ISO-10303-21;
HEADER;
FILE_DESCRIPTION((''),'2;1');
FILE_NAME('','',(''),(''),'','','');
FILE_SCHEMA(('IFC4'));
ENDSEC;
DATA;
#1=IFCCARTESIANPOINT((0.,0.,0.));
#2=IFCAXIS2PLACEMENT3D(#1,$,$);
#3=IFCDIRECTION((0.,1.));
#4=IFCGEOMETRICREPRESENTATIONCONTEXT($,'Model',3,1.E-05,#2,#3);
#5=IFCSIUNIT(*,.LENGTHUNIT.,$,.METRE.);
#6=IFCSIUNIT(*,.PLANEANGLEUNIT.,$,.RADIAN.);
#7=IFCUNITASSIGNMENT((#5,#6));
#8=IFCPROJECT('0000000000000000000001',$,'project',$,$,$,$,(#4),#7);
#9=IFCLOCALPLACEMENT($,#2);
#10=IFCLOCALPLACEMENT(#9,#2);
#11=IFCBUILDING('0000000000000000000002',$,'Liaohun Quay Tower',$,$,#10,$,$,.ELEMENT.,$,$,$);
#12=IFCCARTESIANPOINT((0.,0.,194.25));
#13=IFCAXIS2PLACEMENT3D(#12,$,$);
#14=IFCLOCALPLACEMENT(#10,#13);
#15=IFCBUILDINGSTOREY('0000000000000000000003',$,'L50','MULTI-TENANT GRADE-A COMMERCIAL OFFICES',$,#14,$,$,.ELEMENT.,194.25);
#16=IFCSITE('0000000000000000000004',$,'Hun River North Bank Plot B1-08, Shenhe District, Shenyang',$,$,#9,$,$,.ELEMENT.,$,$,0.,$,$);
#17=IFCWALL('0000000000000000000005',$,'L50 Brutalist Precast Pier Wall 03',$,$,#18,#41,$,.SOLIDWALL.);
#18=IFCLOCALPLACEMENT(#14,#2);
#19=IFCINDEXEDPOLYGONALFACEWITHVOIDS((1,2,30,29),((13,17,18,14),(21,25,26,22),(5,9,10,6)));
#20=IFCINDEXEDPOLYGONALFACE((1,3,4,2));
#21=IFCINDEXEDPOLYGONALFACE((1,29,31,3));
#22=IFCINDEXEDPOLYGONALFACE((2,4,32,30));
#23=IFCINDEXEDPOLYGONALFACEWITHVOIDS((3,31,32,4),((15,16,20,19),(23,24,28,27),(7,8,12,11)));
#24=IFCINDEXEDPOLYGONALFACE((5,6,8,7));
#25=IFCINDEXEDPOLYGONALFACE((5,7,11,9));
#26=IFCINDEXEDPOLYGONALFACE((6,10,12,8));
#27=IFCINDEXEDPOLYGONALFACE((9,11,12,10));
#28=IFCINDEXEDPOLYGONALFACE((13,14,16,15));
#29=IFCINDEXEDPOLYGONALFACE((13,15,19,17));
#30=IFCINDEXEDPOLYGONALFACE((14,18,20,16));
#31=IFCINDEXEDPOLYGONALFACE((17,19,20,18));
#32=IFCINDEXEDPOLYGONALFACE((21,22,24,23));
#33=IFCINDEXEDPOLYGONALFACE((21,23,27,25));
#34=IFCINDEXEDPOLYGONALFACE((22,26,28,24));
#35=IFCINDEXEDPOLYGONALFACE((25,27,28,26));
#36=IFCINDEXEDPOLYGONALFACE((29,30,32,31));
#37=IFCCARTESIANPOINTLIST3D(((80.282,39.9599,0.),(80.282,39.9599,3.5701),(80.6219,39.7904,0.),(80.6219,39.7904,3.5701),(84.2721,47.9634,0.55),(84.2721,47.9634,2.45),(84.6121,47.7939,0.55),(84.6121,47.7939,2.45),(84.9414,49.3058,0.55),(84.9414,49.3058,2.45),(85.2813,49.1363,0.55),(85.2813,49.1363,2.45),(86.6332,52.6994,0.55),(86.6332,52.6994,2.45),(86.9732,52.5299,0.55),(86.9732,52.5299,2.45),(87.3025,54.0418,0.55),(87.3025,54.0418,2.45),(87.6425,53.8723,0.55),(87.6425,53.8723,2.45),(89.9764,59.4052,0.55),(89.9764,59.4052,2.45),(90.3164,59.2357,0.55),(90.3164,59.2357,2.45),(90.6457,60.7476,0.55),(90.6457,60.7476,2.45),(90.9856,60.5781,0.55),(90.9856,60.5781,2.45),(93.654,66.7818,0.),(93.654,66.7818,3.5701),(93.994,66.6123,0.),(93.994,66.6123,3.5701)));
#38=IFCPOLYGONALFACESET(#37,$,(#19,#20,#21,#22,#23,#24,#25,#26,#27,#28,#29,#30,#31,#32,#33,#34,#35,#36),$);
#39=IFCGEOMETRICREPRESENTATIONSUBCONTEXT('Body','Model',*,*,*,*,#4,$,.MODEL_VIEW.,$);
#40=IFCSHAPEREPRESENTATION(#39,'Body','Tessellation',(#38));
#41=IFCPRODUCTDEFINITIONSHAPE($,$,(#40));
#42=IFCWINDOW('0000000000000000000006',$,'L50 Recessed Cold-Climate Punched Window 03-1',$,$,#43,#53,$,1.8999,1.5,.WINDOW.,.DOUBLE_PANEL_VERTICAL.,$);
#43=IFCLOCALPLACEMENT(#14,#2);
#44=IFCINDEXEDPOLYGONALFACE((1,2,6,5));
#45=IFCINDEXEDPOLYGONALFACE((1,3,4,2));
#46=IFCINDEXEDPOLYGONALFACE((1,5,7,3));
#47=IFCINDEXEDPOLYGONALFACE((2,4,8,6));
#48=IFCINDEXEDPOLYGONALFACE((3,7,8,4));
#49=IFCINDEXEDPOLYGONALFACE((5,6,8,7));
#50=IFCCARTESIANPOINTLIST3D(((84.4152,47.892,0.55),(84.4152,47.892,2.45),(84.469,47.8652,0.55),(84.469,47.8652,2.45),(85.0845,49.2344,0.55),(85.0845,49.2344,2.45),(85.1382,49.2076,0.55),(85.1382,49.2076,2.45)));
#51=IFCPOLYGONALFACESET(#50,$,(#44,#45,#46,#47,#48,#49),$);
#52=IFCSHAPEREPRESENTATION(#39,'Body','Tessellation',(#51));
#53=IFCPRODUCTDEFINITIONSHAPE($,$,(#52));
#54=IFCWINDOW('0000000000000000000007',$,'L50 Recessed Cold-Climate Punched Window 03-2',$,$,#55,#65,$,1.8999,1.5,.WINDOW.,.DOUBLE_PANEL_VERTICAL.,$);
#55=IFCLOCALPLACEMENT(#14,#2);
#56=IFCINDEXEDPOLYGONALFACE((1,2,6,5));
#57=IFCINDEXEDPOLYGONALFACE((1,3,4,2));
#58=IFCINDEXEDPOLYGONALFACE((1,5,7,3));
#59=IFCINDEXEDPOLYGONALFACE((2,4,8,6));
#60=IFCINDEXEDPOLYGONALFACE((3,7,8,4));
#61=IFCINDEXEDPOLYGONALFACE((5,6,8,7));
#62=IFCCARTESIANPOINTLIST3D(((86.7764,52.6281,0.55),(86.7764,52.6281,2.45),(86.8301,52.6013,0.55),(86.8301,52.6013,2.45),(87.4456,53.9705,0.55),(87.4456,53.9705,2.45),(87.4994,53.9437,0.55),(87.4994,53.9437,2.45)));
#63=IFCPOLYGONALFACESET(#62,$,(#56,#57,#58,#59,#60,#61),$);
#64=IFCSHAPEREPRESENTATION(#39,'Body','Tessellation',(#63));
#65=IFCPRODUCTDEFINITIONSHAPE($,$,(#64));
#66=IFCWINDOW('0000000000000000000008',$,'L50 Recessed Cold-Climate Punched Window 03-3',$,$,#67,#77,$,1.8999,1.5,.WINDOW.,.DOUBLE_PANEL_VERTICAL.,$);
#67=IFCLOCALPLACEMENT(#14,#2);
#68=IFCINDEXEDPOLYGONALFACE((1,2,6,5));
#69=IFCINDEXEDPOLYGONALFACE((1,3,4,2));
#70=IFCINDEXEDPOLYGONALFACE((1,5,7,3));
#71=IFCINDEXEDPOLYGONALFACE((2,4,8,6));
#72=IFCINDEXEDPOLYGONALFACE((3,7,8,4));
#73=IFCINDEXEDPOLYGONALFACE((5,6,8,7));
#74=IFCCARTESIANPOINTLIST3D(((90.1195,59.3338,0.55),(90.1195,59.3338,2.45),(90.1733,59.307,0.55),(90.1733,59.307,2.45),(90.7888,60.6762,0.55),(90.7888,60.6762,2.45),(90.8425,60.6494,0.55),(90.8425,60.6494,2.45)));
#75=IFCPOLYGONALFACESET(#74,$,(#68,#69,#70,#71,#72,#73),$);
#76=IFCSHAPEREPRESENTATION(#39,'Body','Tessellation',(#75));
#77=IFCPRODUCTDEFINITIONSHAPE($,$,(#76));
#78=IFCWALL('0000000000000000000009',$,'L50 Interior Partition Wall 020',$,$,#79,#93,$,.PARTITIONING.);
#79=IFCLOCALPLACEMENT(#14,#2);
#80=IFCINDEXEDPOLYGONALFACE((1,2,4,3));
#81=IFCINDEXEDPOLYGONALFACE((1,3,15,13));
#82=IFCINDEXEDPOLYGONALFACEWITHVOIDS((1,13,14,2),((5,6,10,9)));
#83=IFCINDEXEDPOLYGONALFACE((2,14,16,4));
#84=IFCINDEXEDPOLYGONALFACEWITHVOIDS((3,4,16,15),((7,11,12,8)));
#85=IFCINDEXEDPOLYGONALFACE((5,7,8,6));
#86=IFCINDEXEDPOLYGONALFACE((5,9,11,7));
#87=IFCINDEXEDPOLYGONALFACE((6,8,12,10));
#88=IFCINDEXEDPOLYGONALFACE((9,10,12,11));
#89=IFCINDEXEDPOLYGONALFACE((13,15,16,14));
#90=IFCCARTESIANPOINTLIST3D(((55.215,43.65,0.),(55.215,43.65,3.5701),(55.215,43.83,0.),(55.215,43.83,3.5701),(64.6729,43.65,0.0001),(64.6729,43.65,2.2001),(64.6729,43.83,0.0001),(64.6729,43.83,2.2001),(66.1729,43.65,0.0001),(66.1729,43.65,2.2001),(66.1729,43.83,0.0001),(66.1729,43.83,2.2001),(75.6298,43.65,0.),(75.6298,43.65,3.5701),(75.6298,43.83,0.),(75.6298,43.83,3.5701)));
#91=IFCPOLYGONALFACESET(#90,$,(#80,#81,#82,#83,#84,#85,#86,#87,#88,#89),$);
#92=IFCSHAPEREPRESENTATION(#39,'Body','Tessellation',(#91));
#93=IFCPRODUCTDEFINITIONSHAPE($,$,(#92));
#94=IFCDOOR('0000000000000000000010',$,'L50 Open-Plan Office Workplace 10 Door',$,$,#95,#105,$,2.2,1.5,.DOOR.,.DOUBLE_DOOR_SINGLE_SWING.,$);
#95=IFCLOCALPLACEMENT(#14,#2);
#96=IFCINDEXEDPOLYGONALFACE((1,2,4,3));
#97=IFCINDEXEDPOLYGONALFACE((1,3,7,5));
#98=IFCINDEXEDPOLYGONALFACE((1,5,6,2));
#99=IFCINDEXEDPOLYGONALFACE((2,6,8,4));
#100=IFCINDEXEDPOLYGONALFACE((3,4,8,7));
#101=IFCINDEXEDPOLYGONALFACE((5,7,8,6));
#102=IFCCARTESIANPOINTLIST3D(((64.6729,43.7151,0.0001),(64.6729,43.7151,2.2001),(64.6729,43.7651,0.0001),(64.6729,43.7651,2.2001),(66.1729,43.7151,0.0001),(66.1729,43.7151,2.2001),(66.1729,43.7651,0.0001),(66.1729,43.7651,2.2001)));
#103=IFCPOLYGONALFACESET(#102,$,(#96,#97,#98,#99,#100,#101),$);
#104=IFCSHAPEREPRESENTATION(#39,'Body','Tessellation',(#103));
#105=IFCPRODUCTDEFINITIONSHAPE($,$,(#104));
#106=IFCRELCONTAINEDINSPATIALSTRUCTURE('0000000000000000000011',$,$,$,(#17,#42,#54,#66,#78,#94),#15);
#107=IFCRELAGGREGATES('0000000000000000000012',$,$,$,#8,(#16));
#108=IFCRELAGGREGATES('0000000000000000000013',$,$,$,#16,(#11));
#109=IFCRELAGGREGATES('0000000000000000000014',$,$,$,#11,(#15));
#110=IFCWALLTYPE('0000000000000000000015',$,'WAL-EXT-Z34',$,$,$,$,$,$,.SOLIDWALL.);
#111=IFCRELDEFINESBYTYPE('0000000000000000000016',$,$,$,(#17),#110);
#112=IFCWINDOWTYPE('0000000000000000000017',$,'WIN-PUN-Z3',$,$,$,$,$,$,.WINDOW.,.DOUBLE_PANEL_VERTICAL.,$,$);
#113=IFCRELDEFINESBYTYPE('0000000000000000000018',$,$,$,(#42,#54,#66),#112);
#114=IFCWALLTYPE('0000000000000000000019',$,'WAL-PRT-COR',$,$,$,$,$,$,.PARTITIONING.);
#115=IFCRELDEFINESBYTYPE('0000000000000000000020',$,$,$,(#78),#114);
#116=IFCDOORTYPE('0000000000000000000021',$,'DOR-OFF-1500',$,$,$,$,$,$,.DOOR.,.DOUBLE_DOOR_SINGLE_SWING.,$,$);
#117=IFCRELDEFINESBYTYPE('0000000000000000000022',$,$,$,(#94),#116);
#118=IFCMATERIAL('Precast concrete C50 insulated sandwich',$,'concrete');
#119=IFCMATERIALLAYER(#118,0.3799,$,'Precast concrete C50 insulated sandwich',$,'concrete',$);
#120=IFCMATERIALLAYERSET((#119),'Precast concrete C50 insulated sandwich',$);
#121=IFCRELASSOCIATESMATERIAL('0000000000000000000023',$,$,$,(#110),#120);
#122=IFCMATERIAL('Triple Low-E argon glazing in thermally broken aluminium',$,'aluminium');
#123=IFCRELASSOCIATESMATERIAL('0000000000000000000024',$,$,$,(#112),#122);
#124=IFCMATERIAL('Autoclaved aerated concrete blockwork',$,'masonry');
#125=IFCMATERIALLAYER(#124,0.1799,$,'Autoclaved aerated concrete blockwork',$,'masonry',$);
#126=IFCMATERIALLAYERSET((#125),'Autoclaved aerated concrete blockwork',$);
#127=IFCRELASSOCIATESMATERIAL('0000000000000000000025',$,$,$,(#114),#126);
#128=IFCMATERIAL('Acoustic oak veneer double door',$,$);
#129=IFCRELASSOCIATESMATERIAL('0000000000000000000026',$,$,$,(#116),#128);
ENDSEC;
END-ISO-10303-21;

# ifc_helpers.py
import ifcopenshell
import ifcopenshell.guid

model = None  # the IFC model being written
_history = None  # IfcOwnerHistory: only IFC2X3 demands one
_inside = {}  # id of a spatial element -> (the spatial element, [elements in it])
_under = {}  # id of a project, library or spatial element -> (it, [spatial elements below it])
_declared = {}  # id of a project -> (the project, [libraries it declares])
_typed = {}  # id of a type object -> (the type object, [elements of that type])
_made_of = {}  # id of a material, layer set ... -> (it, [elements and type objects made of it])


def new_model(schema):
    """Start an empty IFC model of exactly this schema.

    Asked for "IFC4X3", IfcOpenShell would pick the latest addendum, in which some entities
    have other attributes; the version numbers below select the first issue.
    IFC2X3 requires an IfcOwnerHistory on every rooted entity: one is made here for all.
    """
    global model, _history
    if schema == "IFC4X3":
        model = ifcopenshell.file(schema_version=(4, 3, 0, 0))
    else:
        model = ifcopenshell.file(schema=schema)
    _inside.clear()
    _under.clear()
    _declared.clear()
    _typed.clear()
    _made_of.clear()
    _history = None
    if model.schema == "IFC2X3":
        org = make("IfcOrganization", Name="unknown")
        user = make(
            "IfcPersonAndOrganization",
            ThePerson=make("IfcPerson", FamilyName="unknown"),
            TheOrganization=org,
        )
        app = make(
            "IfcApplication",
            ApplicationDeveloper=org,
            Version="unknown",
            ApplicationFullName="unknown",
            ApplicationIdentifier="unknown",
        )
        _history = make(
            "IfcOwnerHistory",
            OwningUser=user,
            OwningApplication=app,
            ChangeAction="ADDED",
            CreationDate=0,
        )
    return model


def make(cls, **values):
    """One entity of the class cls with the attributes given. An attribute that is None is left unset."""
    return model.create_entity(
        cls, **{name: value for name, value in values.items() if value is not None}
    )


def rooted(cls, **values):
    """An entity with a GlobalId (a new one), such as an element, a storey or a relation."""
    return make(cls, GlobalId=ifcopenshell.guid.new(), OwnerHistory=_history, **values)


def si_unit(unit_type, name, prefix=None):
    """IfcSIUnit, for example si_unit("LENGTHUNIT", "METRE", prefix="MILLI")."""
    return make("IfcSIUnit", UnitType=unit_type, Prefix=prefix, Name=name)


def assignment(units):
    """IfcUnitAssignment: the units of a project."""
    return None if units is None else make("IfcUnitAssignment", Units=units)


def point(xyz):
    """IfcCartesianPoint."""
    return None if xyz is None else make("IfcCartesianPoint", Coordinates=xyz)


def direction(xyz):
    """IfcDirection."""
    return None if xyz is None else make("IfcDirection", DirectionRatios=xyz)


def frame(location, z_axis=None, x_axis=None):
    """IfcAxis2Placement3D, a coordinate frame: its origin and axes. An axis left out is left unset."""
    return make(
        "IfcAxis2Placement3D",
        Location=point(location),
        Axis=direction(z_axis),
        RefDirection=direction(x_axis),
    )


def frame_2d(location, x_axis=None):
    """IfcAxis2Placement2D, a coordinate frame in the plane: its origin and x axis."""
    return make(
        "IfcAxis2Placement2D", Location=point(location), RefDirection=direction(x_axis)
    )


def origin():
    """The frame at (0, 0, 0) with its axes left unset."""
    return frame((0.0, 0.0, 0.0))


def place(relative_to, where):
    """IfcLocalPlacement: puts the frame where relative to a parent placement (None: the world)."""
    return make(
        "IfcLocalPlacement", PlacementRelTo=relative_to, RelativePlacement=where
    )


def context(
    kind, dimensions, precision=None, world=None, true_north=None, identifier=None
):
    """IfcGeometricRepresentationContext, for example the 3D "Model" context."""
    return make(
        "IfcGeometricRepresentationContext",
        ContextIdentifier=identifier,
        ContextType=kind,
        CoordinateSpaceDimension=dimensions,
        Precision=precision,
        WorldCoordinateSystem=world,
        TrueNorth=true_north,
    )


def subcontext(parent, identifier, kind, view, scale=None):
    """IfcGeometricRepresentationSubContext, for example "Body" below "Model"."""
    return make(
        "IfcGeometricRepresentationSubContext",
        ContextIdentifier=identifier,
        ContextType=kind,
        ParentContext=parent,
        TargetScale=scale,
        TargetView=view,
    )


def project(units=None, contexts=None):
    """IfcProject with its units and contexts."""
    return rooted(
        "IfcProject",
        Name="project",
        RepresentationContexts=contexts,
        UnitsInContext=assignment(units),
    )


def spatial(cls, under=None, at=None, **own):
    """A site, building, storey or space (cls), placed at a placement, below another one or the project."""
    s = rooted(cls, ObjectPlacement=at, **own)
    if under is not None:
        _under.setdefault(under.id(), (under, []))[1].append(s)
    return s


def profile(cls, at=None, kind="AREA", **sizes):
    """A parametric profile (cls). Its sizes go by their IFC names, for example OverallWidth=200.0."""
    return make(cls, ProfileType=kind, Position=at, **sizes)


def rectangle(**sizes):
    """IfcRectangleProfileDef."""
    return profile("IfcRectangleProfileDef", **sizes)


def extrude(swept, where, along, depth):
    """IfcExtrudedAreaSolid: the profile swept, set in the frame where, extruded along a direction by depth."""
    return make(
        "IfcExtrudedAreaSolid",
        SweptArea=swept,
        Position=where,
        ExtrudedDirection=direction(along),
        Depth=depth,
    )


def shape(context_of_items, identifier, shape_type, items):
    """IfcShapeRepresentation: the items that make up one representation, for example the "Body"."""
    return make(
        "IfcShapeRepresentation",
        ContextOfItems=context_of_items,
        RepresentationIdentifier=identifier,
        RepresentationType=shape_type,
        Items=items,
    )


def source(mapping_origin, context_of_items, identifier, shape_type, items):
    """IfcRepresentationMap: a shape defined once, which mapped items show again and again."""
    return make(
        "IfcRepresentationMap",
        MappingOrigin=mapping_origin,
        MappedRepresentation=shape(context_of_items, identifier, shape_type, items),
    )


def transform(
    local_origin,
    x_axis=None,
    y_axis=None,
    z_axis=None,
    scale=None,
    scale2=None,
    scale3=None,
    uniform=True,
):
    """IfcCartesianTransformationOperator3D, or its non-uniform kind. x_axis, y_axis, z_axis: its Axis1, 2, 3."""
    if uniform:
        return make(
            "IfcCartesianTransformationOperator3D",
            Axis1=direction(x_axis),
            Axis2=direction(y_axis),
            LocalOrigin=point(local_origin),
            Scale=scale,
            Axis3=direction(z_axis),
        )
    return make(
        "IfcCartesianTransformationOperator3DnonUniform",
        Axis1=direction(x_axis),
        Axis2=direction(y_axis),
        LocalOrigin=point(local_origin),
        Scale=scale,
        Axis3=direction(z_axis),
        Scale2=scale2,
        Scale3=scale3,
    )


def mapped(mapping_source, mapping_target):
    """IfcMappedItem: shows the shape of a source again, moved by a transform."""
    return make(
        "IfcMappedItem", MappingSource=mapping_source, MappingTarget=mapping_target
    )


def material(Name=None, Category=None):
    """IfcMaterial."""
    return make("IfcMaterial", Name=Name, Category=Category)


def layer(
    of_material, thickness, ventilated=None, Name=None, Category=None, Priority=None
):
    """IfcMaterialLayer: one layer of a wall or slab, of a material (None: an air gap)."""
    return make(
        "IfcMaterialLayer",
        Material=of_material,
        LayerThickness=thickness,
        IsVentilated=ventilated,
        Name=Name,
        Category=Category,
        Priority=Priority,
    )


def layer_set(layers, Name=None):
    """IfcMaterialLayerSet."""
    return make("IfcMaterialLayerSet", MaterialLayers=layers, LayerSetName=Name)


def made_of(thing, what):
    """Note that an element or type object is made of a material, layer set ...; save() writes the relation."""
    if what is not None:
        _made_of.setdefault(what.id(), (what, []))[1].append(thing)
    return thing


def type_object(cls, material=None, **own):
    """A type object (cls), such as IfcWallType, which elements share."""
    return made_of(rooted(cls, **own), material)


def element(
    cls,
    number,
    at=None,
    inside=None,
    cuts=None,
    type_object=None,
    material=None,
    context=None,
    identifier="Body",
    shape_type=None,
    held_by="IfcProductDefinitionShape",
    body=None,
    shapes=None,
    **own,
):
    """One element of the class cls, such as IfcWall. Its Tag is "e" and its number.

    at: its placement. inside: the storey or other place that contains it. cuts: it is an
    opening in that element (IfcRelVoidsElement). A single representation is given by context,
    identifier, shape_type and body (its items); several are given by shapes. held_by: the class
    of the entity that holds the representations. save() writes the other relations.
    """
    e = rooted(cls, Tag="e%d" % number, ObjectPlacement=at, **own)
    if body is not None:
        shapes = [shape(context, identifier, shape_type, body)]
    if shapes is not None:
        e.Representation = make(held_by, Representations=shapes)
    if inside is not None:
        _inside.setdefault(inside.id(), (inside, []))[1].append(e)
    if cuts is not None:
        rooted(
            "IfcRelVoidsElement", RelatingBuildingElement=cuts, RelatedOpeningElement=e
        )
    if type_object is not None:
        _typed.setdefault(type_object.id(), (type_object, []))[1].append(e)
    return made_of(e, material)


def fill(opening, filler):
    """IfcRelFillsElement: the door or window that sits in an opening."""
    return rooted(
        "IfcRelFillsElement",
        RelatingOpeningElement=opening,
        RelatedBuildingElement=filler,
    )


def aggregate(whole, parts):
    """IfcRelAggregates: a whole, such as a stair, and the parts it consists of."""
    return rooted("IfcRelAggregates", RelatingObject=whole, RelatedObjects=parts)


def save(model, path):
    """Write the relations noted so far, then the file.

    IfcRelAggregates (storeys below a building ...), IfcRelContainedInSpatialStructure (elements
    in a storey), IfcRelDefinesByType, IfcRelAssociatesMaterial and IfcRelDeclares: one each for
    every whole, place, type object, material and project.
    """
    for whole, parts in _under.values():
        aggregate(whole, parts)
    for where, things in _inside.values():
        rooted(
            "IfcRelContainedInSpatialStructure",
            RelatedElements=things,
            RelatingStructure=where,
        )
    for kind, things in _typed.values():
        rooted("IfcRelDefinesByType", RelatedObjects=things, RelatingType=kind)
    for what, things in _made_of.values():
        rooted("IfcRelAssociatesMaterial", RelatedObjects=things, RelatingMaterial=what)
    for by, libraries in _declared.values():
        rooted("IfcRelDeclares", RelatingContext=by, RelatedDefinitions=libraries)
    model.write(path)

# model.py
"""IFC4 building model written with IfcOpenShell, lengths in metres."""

from ifc_helpers import new_model, si_unit, direction, frame, frame_2d, origin, place, context, subcontext, project, spatial, rectangle, extrude, source, transform, mapped, material, layer, layer_set, type_object, element, fill, save


model = new_model("IFC4")

# Units and contexts
model_context = context("Model", 3, precision=1e-05, world=origin(), true_north=direction((0.0, 1.0)))
body_context = subcontext(model_context, "Body", "Model", "MODEL_VIEW")
ifc_project = project(units=[si_unit("LENGTHUNIT", "METRE"), si_unit("PLANEANGLEUNIT", "RADIAN")], contexts=[model_context])

# Site, building, storey
site_placement = place(None, origin())
site = spatial("IfcSite", under=ifc_project, at=site_placement, Name="Hun River North Bank Plot B1-08, Shenhe District, Shenyang", CompositionType="ELEMENT", RefElevation=0.0)
building_placement = place(site_placement, origin())
building = spatial("IfcBuilding", under=site, at=building_placement, Name="Liaohun Quay Tower", CompositionType="ELEMENT")
storey_placement = place(building_placement, frame((0.0, 0.0, 194.25)))
storey = spatial("IfcBuildingStorey", under=building, at=storey_placement, Name="L50", Description="MULTI-TENANT GRADE-A COMMERCIAL OFFICES", CompositionType="ELEMENT", Elevation=194.25)

# Shared definitions
ifc_material_1 = material(Name="Precast concrete C50 insulated sandwich", Category="concrete")
ifc_layer_1 = layer(ifc_material_1, 0.3799, Name="Precast concrete C50 insulated sandwich", Category="concrete")
ifc_layer_set_1 = layer_set([ifc_layer_1], Name="Precast concrete C50 insulated sandwich")
wall_type_1 = type_object("IfcWallType", Name="WAL-EXT-Z34", PredefinedType="SOLIDWALL", material=ifc_layer_set_1)

# Wall, openings, windows
shared_shape_1 = source(origin(), body_context, "Body", "SweptSolid", [
    extrude(rectangle(XDim=1.5, YDim=1.8999, at=frame_2d((0.75, 0.95))), frame((0.0, 0.2, 0.0), z_axis=(0.0, -1.0, 0.0), x_axis=(1.0, 0.0, 0.0)), (0.0, 0.0, 1.0), 0.3999),
])
ifc_material_2 = material(Name="Triple Low-E argon glazing in thermally broken aluminium", Category="aluminium")
window_type_1 = type_object("IfcWindowType", Name="WIN-PUN-Z3", PartitioningType="DOUBLE_PANEL_VERTICAL", PredefinedType="WINDOW", material=ifc_material_2)
shared_shape_2 = source(origin(), body_context, "Body", "SweptSolid", [
    extrude(rectangle(XDim=1.5, YDim=1.8999, at=frame_2d((0.75, 0.95))), frame((0.0, 0.03, 0.0), z_axis=(0.0, -1.0, 0.0), x_axis=(1.0, 0.0, 0.0)), (0.0, 0.0, 1.0), 0.0601),
])
wall_1_placement = place(storey_placement, frame((80.4519, 39.875, 0.0), z_axis=(0.0, 0.0, 1.0), x_axis=(0.446174, 0.894946, 0.0)))
wall_1 = element("IfcWall", 1, at=wall_1_placement, inside=storey, type_object=wall_type_1, Name="L50 Brutalist Precast Pier Wall 03", PredefinedType="SOLIDWALL", context=body_context, shape_type="SweptSolid", body=[
    extrude(rectangle(XDim=29.9705, YDim=0.3799, at=frame_2d((14.9854, 0.0))), origin(), (0.0, 0.0, 1.0), 3.5701),
])
opening_1_placement = place(wall_1_placement, frame((8.9431, 0.0, 0.55)))
opening_1 = element("IfcOpeningElement", 2, at=opening_1_placement, cuts=wall_1, PredefinedType="OPENING", context=body_context, shape_type="MappedRepresentation", body=[
    mapped(shared_shape_1, transform((0.0, 0.0, 0.0), x_axis=(1.0, 0.0, 0.0), y_axis=(0.0, 1.0, 0.0), z_axis=(0.0, 0.0, 1.0), scale=1.0)),
])
opening_2_placement = place(wall_1_placement, frame((14.2351, 0.0, 0.55)))
opening_2 = element("IfcOpeningElement", 3, at=opening_2_placement, cuts=wall_1, PredefinedType="OPENING", context=body_context, shape_type="MappedRepresentation", body=[
    mapped(shared_shape_1, transform((0.0, 0.0, 0.0), x_axis=(1.0, 0.0, 0.0), y_axis=(0.0, 1.0, 0.0), z_axis=(0.0, 0.0, 1.0), scale=1.0)),
])
opening_3_placement = place(wall_1_placement, frame((21.728, 0.0, 0.55)))
opening_3 = element("IfcOpeningElement", 4, at=opening_3_placement, cuts=wall_1, PredefinedType="OPENING", context=body_context, shape_type="MappedRepresentation", body=[
    mapped(shared_shape_1, transform((0.0, 0.0, 0.0), x_axis=(1.0, 0.0, 0.0), y_axis=(0.0, 1.0, 0.0), z_axis=(0.0, 0.0, 1.0), scale=1.0)),
])
window_1_placement = place(opening_1_placement, origin())
window_1 = element("IfcWindow", 5, at=window_1_placement, inside=storey, type_object=window_type_1, Name="L50 Recessed Cold-Climate Punched Window 03-1", OverallHeight=1.8999, OverallWidth=1.5, PartitioningType="DOUBLE_PANEL_VERTICAL", PredefinedType="WINDOW", context=body_context, shape_type="MappedRepresentation", body=[
    mapped(shared_shape_2, transform((0.0, 0.0, 0.0), x_axis=(1.0, 0.0, 0.0), y_axis=(0.0, 1.0, 0.0), z_axis=(0.0, 0.0, 1.0), scale=1.0)),
])
fill(opening_1, window_1)
window_2_placement = place(opening_2_placement, origin())
window_2 = element("IfcWindow", 6, at=window_2_placement, inside=storey, type_object=window_type_1, Name="L50 Recessed Cold-Climate Punched Window 03-2", OverallHeight=1.8999, OverallWidth=1.5, PartitioningType="DOUBLE_PANEL_VERTICAL", PredefinedType="WINDOW", context=body_context, shape_type="MappedRepresentation", body=[
    mapped(shared_shape_2, transform((0.0, 0.0, 0.0), x_axis=(1.0, 0.0, 0.0), y_axis=(0.0, 1.0, 0.0), z_axis=(0.0, 0.0, 1.0), scale=1.0)),
])
fill(opening_2, window_2)
window_3_placement = place(opening_3_placement, origin())
window_3 = element("IfcWindow", 7, at=window_3_placement, inside=storey, type_object=window_type_1, Name="L50 Recessed Cold-Climate Punched Window 03-3", OverallHeight=1.8999, OverallWidth=1.5, PartitioningType="DOUBLE_PANEL_VERTICAL", PredefinedType="WINDOW", context=body_context, shape_type="MappedRepresentation", body=[
    mapped(shared_shape_2, transform((0.0, 0.0, 0.0), x_axis=(1.0, 0.0, 0.0), y_axis=(0.0, 1.0, 0.0), z_axis=(0.0, 0.0, 1.0), scale=1.0)),
])
fill(opening_3, window_3)

# Wall, opening, door
ifc_material_3 = material(Name="Autoclaved aerated concrete blockwork", Category="masonry")
ifc_layer_2 = layer(ifc_material_3, 0.1799, Name="Autoclaved aerated concrete blockwork", Category="masonry")
ifc_layer_set_2 = layer_set([ifc_layer_2], Name="Autoclaved aerated concrete blockwork")
wall_type_2 = type_object("IfcWallType", Name="WAL-PRT-COR", PredefinedType="PARTITIONING", material=ifc_layer_set_2)
wall_2_placement = place(storey_placement, frame((75.6299, 43.74, 0.0), z_axis=(0.0, 0.0, 1.0), x_axis=(-1.0, 0.0, 0.0)))
wall_2 = element("IfcWall", 8, at=wall_2_placement, inside=storey, type_object=wall_type_2, Name="L50 Interior Partition Wall 020", PredefinedType="PARTITIONING", context=body_context, shape_type="SweptSolid", body=[
    extrude(rectangle(XDim=20.4148, YDim=0.1799, at=frame_2d((10.2075, 0.0))), origin(), (0.0, 0.0, 1.0), 3.5701),
])
shared_shape_3 = source(origin(), body_context, "Body", "SweptSolid", [
    extrude(rectangle(XDim=1.5, YDim=2.2, at=frame_2d((0.75, 1.1001))), frame((0.0, 0.0999, 0.0), z_axis=(0.0, -1.0, 0.0), x_axis=(1.0, 0.0, 0.0)), (0.0, 0.0, 1.0), 0.2),
])
opening_4_placement = place(wall_2_placement, frame((9.457, 0.0, 0.0)))
opening_4 = element("IfcOpeningElement", 9, at=opening_4_placement, cuts=wall_2, PredefinedType="OPENING", context=body_context, shape_type="MappedRepresentation", body=[
    mapped(shared_shape_3, transform((0.0, 0.0, 0.0), x_axis=(1.0, 0.0, 0.0), y_axis=(0.0, 1.0, 0.0), z_axis=(0.0, 0.0, 1.0), scale=1.0)),
])
ifc_material_4 = material(Name="Acoustic oak veneer double door")
door_type = type_object("IfcDoorType", Name="DOR-OFF-1500", OperationType="DOUBLE_DOOR_SINGLE_SWING", PredefinedType="DOOR", material=ifc_material_4)
shared_shape_4 = source(origin(), body_context, "Body", "SweptSolid", [
    extrude(rectangle(XDim=1.5, YDim=2.2, at=frame_2d((0.75, 1.1001))), frame((0.0, 0.0249, 0.0), z_axis=(0.0, -1.0, 0.0), x_axis=(1.0, 0.0, 0.0)), (0.0, 0.0, 1.0), 0.05),
])
door_placement = place(opening_4_placement, origin())
door = element("IfcDoor", 10, at=door_placement, inside=storey, type_object=door_type, Name="L50 Open-Plan Office Workplace 10 Door", OperationType="DOUBLE_DOOR_SINGLE_SWING", OverallHeight=2.2, OverallWidth=1.5, PredefinedType="DOOR", context=body_context, shape_type="MappedRepresentation", body=[
    mapped(shared_shape_4, transform((0.0, 0.0, 0.0), x_axis=(1.0, 0.0, 0.0), y_axis=(0.0, 1.0, 0.0), z_axis=(0.0, 0.0, 1.0), scale=1.0)),
])
fill(opening_4, door)

save(model, "model.ifc")
